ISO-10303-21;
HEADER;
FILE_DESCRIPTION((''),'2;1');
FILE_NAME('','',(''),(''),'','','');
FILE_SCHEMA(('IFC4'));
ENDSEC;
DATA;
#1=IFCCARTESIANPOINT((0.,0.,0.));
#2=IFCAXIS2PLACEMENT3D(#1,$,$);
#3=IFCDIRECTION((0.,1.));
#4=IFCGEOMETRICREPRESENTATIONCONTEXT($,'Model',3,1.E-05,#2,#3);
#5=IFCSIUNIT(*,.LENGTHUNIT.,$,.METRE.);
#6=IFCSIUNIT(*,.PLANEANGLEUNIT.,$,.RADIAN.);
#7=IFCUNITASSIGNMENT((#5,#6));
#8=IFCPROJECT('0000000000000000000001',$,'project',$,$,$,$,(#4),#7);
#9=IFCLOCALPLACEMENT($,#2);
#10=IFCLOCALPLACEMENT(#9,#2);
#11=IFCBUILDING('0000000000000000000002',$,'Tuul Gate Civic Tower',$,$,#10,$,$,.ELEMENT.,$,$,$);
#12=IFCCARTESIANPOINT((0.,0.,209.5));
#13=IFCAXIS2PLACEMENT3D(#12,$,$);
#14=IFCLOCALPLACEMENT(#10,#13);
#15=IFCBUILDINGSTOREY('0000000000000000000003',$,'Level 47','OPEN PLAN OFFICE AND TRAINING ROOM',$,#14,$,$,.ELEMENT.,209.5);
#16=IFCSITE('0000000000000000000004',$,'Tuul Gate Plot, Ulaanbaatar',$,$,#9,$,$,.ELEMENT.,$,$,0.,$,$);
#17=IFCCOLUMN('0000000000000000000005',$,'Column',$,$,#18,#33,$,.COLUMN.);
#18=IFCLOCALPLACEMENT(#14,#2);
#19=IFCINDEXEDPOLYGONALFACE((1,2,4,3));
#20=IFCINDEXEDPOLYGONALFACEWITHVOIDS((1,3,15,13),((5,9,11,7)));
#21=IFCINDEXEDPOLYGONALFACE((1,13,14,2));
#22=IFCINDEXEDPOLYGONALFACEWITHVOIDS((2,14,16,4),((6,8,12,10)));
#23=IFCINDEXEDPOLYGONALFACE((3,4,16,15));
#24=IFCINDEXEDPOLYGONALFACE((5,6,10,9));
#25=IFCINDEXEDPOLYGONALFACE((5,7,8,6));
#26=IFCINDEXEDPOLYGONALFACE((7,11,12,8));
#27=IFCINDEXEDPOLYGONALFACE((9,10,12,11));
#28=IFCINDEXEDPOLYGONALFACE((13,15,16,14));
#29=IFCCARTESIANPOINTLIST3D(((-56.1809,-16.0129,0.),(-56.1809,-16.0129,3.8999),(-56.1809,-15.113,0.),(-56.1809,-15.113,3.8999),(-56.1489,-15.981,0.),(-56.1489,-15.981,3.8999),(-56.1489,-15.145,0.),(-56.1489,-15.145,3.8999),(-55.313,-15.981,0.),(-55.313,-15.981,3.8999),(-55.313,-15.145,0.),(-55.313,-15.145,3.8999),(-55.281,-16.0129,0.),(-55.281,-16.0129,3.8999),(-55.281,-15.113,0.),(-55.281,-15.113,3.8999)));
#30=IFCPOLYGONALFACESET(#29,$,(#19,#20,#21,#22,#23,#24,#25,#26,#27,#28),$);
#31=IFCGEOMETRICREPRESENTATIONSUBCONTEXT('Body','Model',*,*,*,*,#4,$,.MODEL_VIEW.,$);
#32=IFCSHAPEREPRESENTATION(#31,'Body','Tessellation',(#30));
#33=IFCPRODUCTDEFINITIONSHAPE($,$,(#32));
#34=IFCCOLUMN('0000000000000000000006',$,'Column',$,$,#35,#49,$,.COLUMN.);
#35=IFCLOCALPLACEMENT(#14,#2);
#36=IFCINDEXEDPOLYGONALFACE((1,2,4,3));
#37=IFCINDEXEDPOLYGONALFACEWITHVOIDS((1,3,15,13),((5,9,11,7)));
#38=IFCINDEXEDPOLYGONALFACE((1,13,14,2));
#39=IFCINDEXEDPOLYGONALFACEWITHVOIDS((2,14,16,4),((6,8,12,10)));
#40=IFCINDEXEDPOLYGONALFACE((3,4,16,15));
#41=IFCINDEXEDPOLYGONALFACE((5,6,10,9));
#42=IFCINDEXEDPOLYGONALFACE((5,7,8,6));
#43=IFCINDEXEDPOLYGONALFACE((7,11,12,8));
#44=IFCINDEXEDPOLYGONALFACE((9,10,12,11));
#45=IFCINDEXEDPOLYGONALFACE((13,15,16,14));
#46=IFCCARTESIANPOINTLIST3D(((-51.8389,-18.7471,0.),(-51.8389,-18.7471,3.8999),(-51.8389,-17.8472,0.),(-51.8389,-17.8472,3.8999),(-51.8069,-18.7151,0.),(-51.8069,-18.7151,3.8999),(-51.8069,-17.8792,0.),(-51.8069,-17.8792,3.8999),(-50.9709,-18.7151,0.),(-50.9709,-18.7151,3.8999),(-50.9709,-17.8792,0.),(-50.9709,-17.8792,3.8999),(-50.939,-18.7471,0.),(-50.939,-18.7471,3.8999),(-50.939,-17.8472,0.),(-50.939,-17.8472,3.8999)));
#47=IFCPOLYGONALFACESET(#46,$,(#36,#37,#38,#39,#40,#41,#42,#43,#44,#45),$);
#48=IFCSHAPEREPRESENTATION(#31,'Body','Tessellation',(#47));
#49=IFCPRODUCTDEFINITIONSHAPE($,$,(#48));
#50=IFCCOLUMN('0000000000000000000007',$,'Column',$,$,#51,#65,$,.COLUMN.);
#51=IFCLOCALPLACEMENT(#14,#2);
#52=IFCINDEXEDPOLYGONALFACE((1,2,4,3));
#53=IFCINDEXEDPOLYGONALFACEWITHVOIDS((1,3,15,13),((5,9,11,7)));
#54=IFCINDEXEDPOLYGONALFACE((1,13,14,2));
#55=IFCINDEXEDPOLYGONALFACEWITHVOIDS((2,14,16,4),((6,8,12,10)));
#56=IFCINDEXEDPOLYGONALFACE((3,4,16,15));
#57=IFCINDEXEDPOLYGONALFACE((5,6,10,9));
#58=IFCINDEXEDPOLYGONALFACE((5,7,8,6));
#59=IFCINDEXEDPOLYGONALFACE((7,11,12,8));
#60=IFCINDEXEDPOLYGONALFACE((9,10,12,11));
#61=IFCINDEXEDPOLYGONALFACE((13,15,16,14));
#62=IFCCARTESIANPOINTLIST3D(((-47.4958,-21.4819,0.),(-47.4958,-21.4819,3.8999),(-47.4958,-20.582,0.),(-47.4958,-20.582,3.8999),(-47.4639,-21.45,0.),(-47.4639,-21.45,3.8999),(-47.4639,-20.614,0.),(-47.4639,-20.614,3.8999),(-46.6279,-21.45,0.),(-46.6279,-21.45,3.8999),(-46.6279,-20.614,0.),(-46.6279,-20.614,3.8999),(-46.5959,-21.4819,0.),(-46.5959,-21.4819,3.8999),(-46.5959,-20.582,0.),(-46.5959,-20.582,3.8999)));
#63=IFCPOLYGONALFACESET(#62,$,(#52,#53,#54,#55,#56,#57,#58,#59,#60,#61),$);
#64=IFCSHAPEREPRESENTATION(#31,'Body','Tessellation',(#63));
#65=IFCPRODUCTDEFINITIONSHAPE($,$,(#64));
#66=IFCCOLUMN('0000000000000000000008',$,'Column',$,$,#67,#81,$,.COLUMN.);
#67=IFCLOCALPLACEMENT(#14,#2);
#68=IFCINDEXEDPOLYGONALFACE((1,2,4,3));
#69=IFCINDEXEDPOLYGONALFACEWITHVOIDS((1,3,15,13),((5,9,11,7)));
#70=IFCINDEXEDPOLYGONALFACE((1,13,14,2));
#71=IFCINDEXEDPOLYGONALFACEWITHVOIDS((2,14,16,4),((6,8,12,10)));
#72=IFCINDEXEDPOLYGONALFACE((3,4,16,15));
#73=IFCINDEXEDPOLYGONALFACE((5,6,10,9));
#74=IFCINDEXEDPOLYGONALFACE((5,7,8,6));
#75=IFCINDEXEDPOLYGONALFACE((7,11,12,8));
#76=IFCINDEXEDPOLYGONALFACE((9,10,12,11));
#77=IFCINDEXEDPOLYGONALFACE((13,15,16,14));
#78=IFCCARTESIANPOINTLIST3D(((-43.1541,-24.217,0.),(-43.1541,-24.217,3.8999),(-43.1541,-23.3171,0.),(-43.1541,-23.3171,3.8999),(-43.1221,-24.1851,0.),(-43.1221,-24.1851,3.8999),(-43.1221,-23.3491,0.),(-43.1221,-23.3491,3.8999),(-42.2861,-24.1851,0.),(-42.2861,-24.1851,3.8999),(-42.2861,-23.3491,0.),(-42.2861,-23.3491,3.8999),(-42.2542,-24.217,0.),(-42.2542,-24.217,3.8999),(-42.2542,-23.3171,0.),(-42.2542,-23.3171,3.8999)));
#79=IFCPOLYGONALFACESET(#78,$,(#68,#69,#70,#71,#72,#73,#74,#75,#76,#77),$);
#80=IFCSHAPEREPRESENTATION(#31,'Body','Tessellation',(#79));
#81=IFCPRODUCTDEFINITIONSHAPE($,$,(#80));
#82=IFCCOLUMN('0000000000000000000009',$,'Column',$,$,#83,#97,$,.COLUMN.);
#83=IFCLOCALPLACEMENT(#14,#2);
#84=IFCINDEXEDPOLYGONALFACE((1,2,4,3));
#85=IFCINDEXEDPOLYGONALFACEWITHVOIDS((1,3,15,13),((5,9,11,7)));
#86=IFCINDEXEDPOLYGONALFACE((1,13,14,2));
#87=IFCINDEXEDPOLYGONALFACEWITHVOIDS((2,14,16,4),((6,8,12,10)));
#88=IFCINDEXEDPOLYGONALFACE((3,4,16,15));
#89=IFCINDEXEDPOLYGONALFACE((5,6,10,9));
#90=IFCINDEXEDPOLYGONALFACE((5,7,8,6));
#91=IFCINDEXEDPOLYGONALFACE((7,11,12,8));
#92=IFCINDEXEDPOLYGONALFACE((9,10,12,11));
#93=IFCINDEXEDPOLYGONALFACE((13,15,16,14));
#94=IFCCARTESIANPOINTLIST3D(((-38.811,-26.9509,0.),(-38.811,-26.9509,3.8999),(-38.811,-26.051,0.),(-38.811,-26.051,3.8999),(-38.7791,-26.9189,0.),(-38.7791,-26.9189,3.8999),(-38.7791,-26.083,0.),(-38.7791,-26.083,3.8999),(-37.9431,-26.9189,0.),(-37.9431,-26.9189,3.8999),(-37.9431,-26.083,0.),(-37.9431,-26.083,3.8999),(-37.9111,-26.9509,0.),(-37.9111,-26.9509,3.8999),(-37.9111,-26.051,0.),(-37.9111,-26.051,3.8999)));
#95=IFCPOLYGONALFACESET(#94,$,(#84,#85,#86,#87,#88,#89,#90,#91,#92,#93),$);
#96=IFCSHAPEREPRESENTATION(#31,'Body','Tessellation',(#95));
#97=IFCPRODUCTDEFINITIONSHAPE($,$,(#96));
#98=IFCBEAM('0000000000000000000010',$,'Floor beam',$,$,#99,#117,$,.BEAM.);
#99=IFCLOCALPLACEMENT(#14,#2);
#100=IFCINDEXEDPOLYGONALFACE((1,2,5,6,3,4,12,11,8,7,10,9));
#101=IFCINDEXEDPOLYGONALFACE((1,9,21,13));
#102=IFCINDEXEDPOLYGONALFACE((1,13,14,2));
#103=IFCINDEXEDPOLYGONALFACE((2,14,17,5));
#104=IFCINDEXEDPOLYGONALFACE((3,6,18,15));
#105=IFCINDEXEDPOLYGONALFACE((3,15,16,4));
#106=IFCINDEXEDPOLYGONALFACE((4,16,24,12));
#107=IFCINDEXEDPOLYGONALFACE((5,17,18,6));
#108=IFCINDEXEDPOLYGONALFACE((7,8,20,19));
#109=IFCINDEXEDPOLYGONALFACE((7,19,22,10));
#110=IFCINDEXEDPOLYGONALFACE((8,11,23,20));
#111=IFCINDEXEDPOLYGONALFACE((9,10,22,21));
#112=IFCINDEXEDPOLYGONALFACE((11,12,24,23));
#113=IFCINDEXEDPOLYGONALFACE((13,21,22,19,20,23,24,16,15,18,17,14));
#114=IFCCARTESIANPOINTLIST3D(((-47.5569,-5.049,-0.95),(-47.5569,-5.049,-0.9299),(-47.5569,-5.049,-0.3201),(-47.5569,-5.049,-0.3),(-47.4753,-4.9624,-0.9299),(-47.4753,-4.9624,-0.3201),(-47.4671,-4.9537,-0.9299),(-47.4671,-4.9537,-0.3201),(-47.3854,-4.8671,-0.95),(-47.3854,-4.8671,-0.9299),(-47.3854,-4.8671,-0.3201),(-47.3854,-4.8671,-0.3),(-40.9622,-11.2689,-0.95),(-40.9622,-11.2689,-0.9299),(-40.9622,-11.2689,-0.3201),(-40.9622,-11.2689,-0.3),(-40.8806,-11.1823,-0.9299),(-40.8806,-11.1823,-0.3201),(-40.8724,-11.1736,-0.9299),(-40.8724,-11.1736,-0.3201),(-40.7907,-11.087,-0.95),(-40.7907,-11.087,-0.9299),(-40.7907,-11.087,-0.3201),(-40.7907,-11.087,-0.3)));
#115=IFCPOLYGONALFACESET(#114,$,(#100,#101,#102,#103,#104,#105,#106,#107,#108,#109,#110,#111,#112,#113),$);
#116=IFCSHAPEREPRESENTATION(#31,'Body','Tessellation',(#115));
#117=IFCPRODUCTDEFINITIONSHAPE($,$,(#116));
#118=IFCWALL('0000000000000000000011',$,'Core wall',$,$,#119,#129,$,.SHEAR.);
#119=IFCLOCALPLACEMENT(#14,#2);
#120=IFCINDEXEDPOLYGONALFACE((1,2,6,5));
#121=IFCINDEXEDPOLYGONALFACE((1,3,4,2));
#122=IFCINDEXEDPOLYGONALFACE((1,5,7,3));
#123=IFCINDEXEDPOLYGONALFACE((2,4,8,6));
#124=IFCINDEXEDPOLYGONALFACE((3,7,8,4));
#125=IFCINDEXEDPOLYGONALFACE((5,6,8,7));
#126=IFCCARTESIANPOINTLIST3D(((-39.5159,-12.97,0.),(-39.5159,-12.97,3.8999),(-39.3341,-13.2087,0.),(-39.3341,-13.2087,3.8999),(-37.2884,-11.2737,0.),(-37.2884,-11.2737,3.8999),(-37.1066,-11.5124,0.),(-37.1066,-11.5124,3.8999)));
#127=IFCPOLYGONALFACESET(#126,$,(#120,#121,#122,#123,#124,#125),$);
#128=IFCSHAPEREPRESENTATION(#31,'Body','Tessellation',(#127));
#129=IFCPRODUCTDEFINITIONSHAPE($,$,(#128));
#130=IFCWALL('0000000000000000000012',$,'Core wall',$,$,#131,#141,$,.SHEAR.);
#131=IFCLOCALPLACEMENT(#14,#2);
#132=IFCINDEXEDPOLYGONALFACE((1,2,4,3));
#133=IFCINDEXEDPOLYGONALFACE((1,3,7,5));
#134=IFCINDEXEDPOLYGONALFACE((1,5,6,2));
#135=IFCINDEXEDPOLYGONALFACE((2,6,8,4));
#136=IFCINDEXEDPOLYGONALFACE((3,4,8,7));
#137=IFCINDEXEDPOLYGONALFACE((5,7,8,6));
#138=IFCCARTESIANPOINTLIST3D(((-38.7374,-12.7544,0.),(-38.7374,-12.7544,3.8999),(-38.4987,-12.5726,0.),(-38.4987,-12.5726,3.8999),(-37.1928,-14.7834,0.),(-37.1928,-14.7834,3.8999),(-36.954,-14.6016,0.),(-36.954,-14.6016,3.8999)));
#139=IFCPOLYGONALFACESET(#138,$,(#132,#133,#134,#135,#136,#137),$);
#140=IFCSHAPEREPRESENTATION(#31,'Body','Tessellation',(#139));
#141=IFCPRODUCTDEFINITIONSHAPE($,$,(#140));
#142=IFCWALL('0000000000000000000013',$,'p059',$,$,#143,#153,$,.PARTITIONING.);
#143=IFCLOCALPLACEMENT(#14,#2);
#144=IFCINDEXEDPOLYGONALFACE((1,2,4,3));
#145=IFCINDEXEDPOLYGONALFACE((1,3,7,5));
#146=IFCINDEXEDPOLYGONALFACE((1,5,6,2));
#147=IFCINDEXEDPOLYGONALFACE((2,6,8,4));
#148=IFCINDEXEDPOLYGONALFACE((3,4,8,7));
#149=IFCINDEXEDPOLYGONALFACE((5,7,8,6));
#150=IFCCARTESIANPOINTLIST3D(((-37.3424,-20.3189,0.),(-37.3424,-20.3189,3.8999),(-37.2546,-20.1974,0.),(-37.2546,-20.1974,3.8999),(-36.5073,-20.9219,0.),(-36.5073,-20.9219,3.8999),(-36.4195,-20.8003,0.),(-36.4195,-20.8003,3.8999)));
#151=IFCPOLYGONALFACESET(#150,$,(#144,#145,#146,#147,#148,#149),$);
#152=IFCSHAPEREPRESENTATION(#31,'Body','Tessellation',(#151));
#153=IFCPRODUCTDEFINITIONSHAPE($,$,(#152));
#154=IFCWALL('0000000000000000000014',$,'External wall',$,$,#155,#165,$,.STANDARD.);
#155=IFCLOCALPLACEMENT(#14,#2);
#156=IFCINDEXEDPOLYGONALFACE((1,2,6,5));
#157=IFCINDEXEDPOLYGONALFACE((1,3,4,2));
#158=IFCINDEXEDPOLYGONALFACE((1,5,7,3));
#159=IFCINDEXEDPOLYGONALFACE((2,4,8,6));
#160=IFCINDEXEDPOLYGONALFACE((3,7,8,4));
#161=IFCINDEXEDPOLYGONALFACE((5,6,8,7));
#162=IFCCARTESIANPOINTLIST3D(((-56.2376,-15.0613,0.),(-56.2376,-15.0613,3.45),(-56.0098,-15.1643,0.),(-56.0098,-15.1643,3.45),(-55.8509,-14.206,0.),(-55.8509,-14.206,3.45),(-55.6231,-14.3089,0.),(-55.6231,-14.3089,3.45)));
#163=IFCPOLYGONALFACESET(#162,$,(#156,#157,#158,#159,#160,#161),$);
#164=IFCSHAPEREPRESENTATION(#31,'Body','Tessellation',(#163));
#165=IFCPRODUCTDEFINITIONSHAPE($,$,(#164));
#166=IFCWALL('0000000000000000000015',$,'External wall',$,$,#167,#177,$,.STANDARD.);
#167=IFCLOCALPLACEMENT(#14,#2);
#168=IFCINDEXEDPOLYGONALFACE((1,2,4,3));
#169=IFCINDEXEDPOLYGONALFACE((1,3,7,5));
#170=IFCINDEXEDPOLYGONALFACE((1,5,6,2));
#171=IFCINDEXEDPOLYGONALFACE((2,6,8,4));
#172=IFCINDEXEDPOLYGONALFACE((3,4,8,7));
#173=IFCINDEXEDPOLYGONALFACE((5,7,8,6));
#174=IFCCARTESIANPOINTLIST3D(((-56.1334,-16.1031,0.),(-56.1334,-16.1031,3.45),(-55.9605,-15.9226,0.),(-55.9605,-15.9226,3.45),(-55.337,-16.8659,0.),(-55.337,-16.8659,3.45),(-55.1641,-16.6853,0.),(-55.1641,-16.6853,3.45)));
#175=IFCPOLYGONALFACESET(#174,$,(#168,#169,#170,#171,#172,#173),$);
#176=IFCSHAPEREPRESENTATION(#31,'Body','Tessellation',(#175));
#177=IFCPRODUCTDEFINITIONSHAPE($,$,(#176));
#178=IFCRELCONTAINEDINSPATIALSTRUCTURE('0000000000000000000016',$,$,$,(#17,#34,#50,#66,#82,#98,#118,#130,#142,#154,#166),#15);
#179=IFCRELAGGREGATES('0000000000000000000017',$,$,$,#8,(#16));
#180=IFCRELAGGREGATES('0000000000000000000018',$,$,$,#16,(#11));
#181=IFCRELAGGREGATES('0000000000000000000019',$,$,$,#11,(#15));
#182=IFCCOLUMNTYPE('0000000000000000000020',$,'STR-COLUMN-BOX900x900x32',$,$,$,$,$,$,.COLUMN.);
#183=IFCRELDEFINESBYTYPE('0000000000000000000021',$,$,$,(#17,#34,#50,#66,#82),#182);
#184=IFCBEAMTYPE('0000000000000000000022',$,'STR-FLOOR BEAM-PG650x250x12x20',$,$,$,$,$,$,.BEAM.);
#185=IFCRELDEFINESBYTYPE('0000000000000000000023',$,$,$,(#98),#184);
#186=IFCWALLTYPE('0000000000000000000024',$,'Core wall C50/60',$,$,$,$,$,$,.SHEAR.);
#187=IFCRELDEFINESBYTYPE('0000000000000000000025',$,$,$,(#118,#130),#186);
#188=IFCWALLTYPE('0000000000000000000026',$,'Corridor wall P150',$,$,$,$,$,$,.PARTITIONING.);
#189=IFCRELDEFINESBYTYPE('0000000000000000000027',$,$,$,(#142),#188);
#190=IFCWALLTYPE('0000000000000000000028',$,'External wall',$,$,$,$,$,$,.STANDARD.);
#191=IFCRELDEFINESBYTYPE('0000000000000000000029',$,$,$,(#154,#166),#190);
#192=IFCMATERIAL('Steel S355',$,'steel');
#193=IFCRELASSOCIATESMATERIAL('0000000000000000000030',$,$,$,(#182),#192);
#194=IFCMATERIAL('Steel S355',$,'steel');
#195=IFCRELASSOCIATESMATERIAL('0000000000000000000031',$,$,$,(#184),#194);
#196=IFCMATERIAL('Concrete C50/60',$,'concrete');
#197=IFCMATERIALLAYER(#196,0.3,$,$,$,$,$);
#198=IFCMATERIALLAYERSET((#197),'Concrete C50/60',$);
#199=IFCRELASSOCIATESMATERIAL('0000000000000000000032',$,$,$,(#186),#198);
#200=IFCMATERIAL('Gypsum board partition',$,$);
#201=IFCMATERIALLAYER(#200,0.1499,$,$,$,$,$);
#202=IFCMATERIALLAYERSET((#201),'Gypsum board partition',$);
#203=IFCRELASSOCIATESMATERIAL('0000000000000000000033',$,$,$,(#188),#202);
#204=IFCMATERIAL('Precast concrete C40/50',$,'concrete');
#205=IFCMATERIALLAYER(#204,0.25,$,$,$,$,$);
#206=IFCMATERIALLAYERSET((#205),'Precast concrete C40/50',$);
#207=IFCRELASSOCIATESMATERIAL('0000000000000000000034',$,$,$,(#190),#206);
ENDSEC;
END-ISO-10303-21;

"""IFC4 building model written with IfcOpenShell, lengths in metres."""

from ifc_helpers import new_model, si_unit, direction, frame, frame_2d, origin, origin_2d, place, context, subcontext, project, spatial, rectangle, hollow_rectangle, i_section, extrude, material, layer, layer_set, material_profile, profile_set, type_object, element, save


model = new_model("IFC4")

# Units and contexts
model_context = context("Model", 3, precision=1e-05, world=origin(), true_north=direction((0.0, 1.0)))
body_context = subcontext(model_context, "Body", "Model", "MODEL_VIEW")
ifc_project = project(units=[si_unit("LENGTHUNIT", "METRE"), si_unit("PLANEANGLEUNIT", "RADIAN")], contexts=[model_context])

# Site, building, storey
site_placement = place(None, origin())
site = spatial("IfcSite", under=ifc_project, at=site_placement, Name="Tuul Gate Plot, Ulaanbaatar", CompositionType="ELEMENT", RefElevation=0.0)
building_placement = place(site_placement, origin())
building = spatial("IfcBuilding", under=site, at=building_placement, Name="Tuul Gate Civic Tower", CompositionType="ELEMENT")
storey_placement = place(building_placement, frame((0.0, 0.0, 209.5)))
storey = spatial("IfcBuildingStorey", under=building, at=storey_placement, Name="Level 47", Description="OPEN PLAN OFFICE AND TRAINING ROOM", CompositionType="ELEMENT", Elevation=209.5)

# Columns
ifc_material_1 = material(Name="Steel S355", Category="steel")
ifc_material_profile_1 = material_profile(ifc_material_1, hollow_rectangle(XDim=0.8999, YDim=0.8999, WallThickness=0.032, at=origin_2d()), Name="BOX900x900x32")
ifc_profile_set_1 = profile_set([ifc_material_profile_1], Name="Steel S355")
column_type = type_object("IfcColumnType", Name="STR-COLUMN-BOX900x900x32", PredefinedType="COLUMN", material=ifc_profile_set_1)
for number, where, z_axis, x_axis, name in (
    (1, (-55.731, -15.563, 0.0), (0.0, 0.0, 1.0), (1.0, 0.0, 0.0), "Column"),
    (2, (-51.3889, -18.2971, 0.0), (0.0, 0.0, 1.0), (1.0, 0.0, 0.0), "Column"),
    (3, (-47.0459, -21.032, 0.0), (0.0, 0.0, 1.0), (1.0, 0.0, 0.0), "Column"),
    (4, (-42.7041, -23.7671, 0.0), (0.0, 0.0, 1.0), (1.0, 0.0, 0.0), "Column"),
    (5, (-38.3611, -26.501, 0.0), (0.0, 0.0, 1.0), (1.0, 0.0, 0.0), "Column"),
):
    element("IfcColumn", number, at=place(storey_placement, frame(where, z_axis=z_axis, x_axis=x_axis)), inside=storey, type_object=column_type, Name=name, PredefinedType="COLUMN", context=body_context, shape_type="SweptSolid", body=[
        extrude(hollow_rectangle(XDim=0.8999, YDim=0.8999, WallThickness=0.032, at=origin_2d()), origin(), (0.0, 0.0, 1.0), 3.8999),
    ])

# Beam
ifc_material_2 = material(Name="Steel S355", Category="steel")
ifc_material_profile_2 = material_profile(ifc_material_2, i_section(OverallWidth=0.25, OverallDepth=0.6499, WebThickness=0.012, FlangeThickness=0.02, at=origin_2d()), Name="PG650x250x12x20")
ifc_profile_set_2 = profile_set([ifc_material_profile_2], Name="Steel S355")
beam_type = type_object("IfcBeamType", Name="STR-FLOOR BEAM-PG650x250x12x20", PredefinedType="BEAM", material=ifc_profile_set_2)
beam_placement = place(storey_placement, frame((-40.8765, -11.178, -0.625), z_axis=(-0.727475, 0.686135, 0.0), x_axis=(-0.686135, -0.727475, 0.0)))
element("IfcBeam", 6, at=beam_placement, inside=storey, type_object=beam_type, Name="Floor beam", PredefinedType="BEAM", context=body_context, shape_type="SweptSolid", body=[
    extrude(i_section(OverallWidth=0.25, OverallDepth=0.6499, WebThickness=0.012, FlangeThickness=0.02, at=origin_2d()), origin(), (0.0, 0.0, 1.0), 9.0652),
])

# Walls
ifc_material_3 = material(Name="Concrete C50/60", Category="concrete")
ifc_layer_1 = layer(ifc_material_3, 0.3)
ifc_layer_set_1 = layer_set([ifc_layer_1], Name="Concrete C50/60")
wall_type_1 = type_object("IfcWallType", Name="Core wall C50/60", PredefinedType="SHEAR", material=ifc_layer_set_1)
wall_1_placement = place(storey_placement, frame((-37.1975, -11.3931, 0.0), z_axis=(0.0, 0.0, 1.0), x_axis=(-0.795584, -0.605844, 0.0)))
element("IfcWall", 7, at=wall_1_placement, inside=storey, type_object=wall_type_1, Name="Core wall", PredefinedType="SHEAR", context=body_context, shape_type="SweptSolid", body=[
    extrude(rectangle(XDim=2.7998, YDim=0.3, at=frame_2d((1.3999, 0.0))), origin(), (0.0, 0.0, 1.0), 3.8999),
])
wall_2_placement = place(storey_placement, frame((-37.0735, -14.6924, 0.0), z_axis=(0.0, 0.0, 1.0), x_axis=(-0.605729, 0.795671, 0.0)))
element("IfcWall", 8, at=wall_2_placement, inside=storey, type_object=wall_type_1, Name="Core wall", PredefinedType="SHEAR", context=body_context, shape_type="SweptSolid", body=[
    extrude(rectangle(XDim=2.55, YDim=0.3, at=frame_2d((1.2749, 0.0))), origin(), (0.0, 0.0, 1.0), 3.8999),
])
ifc_material_4 = material(Name="Gypsum board partition")
ifc_layer_2 = layer(ifc_material_4, 0.1499)
ifc_layer_set_2 = layer_set([ifc_layer_2], Name="Gypsum board partition")
wall_type_2 = type_object("IfcWallType", Name="Corridor wall P150", PredefinedType="PARTITIONING", material=ifc_layer_set_2)
wall_3_placement = place(storey_placement, frame((-37.2986, -20.2581, 0.0), z_axis=(0.0, 0.0, 1.0), x_axis=(0.81076, -0.585378, 0.0)))
element("IfcWall", 9, at=wall_3_placement, inside=storey, type_object=wall_type_2, Name="p059", PredefinedType="PARTITIONING", context=body_context, shape_type="SweptSolid", body=[
    extrude(rectangle(XDim=1.03, YDim=0.1499, at=frame_2d((0.5151, 0.0))), origin(), (0.0, 0.0, 1.0), 3.8999),
])
ifc_material_5 = material(Name="Precast concrete C40/50", Category="concrete")
ifc_layer_3 = layer(ifc_material_5, 0.25)
ifc_layer_set_3 = layer_set([ifc_layer_3], Name="Precast concrete C40/50")
wall_type_3 = type_object("IfcWallType", Name="External wall", PredefinedType="STANDARD", material=ifc_layer_set_3)
wall_4_placement = place(storey_placement, frame((-55.7371, -14.2576, 0.0), z_axis=(0.0, 0.0, 1.0), x_axis=(-0.411921, -0.911219, 0.0)))
element("IfcWall", 10, at=wall_4_placement, inside=storey, type_object=wall_type_3, Name="External wall", PredefinedType="STANDARD", context=body_context, shape_type="SweptSolid", body=[
    extrude(rectangle(XDim=0.9387, YDim=0.25, at=frame_2d((0.4692, 0.0))), origin(), (0.0, 0.0, 1.0), 3.45),
])
wall_5_placement = place(storey_placement, frame((-56.0469, -16.0129, 0.0), z_axis=(0.0, 0.0, 1.0), x_axis=(0.722219, -0.691665, 0.0)))
element("IfcWall", 11, at=wall_5_placement, inside=storey, type_object=wall_type_3, Name="External wall", PredefinedType="STANDARD", context=body_context, shape_type="SweptSolid", body=[
    extrude(rectangle(XDim=1.1028, YDim=0.25, at=frame_2d((0.5513, 0.0))), origin(), (0.0, 0.0, 1.0), 3.45),
])

save(model, "model.ifc")
